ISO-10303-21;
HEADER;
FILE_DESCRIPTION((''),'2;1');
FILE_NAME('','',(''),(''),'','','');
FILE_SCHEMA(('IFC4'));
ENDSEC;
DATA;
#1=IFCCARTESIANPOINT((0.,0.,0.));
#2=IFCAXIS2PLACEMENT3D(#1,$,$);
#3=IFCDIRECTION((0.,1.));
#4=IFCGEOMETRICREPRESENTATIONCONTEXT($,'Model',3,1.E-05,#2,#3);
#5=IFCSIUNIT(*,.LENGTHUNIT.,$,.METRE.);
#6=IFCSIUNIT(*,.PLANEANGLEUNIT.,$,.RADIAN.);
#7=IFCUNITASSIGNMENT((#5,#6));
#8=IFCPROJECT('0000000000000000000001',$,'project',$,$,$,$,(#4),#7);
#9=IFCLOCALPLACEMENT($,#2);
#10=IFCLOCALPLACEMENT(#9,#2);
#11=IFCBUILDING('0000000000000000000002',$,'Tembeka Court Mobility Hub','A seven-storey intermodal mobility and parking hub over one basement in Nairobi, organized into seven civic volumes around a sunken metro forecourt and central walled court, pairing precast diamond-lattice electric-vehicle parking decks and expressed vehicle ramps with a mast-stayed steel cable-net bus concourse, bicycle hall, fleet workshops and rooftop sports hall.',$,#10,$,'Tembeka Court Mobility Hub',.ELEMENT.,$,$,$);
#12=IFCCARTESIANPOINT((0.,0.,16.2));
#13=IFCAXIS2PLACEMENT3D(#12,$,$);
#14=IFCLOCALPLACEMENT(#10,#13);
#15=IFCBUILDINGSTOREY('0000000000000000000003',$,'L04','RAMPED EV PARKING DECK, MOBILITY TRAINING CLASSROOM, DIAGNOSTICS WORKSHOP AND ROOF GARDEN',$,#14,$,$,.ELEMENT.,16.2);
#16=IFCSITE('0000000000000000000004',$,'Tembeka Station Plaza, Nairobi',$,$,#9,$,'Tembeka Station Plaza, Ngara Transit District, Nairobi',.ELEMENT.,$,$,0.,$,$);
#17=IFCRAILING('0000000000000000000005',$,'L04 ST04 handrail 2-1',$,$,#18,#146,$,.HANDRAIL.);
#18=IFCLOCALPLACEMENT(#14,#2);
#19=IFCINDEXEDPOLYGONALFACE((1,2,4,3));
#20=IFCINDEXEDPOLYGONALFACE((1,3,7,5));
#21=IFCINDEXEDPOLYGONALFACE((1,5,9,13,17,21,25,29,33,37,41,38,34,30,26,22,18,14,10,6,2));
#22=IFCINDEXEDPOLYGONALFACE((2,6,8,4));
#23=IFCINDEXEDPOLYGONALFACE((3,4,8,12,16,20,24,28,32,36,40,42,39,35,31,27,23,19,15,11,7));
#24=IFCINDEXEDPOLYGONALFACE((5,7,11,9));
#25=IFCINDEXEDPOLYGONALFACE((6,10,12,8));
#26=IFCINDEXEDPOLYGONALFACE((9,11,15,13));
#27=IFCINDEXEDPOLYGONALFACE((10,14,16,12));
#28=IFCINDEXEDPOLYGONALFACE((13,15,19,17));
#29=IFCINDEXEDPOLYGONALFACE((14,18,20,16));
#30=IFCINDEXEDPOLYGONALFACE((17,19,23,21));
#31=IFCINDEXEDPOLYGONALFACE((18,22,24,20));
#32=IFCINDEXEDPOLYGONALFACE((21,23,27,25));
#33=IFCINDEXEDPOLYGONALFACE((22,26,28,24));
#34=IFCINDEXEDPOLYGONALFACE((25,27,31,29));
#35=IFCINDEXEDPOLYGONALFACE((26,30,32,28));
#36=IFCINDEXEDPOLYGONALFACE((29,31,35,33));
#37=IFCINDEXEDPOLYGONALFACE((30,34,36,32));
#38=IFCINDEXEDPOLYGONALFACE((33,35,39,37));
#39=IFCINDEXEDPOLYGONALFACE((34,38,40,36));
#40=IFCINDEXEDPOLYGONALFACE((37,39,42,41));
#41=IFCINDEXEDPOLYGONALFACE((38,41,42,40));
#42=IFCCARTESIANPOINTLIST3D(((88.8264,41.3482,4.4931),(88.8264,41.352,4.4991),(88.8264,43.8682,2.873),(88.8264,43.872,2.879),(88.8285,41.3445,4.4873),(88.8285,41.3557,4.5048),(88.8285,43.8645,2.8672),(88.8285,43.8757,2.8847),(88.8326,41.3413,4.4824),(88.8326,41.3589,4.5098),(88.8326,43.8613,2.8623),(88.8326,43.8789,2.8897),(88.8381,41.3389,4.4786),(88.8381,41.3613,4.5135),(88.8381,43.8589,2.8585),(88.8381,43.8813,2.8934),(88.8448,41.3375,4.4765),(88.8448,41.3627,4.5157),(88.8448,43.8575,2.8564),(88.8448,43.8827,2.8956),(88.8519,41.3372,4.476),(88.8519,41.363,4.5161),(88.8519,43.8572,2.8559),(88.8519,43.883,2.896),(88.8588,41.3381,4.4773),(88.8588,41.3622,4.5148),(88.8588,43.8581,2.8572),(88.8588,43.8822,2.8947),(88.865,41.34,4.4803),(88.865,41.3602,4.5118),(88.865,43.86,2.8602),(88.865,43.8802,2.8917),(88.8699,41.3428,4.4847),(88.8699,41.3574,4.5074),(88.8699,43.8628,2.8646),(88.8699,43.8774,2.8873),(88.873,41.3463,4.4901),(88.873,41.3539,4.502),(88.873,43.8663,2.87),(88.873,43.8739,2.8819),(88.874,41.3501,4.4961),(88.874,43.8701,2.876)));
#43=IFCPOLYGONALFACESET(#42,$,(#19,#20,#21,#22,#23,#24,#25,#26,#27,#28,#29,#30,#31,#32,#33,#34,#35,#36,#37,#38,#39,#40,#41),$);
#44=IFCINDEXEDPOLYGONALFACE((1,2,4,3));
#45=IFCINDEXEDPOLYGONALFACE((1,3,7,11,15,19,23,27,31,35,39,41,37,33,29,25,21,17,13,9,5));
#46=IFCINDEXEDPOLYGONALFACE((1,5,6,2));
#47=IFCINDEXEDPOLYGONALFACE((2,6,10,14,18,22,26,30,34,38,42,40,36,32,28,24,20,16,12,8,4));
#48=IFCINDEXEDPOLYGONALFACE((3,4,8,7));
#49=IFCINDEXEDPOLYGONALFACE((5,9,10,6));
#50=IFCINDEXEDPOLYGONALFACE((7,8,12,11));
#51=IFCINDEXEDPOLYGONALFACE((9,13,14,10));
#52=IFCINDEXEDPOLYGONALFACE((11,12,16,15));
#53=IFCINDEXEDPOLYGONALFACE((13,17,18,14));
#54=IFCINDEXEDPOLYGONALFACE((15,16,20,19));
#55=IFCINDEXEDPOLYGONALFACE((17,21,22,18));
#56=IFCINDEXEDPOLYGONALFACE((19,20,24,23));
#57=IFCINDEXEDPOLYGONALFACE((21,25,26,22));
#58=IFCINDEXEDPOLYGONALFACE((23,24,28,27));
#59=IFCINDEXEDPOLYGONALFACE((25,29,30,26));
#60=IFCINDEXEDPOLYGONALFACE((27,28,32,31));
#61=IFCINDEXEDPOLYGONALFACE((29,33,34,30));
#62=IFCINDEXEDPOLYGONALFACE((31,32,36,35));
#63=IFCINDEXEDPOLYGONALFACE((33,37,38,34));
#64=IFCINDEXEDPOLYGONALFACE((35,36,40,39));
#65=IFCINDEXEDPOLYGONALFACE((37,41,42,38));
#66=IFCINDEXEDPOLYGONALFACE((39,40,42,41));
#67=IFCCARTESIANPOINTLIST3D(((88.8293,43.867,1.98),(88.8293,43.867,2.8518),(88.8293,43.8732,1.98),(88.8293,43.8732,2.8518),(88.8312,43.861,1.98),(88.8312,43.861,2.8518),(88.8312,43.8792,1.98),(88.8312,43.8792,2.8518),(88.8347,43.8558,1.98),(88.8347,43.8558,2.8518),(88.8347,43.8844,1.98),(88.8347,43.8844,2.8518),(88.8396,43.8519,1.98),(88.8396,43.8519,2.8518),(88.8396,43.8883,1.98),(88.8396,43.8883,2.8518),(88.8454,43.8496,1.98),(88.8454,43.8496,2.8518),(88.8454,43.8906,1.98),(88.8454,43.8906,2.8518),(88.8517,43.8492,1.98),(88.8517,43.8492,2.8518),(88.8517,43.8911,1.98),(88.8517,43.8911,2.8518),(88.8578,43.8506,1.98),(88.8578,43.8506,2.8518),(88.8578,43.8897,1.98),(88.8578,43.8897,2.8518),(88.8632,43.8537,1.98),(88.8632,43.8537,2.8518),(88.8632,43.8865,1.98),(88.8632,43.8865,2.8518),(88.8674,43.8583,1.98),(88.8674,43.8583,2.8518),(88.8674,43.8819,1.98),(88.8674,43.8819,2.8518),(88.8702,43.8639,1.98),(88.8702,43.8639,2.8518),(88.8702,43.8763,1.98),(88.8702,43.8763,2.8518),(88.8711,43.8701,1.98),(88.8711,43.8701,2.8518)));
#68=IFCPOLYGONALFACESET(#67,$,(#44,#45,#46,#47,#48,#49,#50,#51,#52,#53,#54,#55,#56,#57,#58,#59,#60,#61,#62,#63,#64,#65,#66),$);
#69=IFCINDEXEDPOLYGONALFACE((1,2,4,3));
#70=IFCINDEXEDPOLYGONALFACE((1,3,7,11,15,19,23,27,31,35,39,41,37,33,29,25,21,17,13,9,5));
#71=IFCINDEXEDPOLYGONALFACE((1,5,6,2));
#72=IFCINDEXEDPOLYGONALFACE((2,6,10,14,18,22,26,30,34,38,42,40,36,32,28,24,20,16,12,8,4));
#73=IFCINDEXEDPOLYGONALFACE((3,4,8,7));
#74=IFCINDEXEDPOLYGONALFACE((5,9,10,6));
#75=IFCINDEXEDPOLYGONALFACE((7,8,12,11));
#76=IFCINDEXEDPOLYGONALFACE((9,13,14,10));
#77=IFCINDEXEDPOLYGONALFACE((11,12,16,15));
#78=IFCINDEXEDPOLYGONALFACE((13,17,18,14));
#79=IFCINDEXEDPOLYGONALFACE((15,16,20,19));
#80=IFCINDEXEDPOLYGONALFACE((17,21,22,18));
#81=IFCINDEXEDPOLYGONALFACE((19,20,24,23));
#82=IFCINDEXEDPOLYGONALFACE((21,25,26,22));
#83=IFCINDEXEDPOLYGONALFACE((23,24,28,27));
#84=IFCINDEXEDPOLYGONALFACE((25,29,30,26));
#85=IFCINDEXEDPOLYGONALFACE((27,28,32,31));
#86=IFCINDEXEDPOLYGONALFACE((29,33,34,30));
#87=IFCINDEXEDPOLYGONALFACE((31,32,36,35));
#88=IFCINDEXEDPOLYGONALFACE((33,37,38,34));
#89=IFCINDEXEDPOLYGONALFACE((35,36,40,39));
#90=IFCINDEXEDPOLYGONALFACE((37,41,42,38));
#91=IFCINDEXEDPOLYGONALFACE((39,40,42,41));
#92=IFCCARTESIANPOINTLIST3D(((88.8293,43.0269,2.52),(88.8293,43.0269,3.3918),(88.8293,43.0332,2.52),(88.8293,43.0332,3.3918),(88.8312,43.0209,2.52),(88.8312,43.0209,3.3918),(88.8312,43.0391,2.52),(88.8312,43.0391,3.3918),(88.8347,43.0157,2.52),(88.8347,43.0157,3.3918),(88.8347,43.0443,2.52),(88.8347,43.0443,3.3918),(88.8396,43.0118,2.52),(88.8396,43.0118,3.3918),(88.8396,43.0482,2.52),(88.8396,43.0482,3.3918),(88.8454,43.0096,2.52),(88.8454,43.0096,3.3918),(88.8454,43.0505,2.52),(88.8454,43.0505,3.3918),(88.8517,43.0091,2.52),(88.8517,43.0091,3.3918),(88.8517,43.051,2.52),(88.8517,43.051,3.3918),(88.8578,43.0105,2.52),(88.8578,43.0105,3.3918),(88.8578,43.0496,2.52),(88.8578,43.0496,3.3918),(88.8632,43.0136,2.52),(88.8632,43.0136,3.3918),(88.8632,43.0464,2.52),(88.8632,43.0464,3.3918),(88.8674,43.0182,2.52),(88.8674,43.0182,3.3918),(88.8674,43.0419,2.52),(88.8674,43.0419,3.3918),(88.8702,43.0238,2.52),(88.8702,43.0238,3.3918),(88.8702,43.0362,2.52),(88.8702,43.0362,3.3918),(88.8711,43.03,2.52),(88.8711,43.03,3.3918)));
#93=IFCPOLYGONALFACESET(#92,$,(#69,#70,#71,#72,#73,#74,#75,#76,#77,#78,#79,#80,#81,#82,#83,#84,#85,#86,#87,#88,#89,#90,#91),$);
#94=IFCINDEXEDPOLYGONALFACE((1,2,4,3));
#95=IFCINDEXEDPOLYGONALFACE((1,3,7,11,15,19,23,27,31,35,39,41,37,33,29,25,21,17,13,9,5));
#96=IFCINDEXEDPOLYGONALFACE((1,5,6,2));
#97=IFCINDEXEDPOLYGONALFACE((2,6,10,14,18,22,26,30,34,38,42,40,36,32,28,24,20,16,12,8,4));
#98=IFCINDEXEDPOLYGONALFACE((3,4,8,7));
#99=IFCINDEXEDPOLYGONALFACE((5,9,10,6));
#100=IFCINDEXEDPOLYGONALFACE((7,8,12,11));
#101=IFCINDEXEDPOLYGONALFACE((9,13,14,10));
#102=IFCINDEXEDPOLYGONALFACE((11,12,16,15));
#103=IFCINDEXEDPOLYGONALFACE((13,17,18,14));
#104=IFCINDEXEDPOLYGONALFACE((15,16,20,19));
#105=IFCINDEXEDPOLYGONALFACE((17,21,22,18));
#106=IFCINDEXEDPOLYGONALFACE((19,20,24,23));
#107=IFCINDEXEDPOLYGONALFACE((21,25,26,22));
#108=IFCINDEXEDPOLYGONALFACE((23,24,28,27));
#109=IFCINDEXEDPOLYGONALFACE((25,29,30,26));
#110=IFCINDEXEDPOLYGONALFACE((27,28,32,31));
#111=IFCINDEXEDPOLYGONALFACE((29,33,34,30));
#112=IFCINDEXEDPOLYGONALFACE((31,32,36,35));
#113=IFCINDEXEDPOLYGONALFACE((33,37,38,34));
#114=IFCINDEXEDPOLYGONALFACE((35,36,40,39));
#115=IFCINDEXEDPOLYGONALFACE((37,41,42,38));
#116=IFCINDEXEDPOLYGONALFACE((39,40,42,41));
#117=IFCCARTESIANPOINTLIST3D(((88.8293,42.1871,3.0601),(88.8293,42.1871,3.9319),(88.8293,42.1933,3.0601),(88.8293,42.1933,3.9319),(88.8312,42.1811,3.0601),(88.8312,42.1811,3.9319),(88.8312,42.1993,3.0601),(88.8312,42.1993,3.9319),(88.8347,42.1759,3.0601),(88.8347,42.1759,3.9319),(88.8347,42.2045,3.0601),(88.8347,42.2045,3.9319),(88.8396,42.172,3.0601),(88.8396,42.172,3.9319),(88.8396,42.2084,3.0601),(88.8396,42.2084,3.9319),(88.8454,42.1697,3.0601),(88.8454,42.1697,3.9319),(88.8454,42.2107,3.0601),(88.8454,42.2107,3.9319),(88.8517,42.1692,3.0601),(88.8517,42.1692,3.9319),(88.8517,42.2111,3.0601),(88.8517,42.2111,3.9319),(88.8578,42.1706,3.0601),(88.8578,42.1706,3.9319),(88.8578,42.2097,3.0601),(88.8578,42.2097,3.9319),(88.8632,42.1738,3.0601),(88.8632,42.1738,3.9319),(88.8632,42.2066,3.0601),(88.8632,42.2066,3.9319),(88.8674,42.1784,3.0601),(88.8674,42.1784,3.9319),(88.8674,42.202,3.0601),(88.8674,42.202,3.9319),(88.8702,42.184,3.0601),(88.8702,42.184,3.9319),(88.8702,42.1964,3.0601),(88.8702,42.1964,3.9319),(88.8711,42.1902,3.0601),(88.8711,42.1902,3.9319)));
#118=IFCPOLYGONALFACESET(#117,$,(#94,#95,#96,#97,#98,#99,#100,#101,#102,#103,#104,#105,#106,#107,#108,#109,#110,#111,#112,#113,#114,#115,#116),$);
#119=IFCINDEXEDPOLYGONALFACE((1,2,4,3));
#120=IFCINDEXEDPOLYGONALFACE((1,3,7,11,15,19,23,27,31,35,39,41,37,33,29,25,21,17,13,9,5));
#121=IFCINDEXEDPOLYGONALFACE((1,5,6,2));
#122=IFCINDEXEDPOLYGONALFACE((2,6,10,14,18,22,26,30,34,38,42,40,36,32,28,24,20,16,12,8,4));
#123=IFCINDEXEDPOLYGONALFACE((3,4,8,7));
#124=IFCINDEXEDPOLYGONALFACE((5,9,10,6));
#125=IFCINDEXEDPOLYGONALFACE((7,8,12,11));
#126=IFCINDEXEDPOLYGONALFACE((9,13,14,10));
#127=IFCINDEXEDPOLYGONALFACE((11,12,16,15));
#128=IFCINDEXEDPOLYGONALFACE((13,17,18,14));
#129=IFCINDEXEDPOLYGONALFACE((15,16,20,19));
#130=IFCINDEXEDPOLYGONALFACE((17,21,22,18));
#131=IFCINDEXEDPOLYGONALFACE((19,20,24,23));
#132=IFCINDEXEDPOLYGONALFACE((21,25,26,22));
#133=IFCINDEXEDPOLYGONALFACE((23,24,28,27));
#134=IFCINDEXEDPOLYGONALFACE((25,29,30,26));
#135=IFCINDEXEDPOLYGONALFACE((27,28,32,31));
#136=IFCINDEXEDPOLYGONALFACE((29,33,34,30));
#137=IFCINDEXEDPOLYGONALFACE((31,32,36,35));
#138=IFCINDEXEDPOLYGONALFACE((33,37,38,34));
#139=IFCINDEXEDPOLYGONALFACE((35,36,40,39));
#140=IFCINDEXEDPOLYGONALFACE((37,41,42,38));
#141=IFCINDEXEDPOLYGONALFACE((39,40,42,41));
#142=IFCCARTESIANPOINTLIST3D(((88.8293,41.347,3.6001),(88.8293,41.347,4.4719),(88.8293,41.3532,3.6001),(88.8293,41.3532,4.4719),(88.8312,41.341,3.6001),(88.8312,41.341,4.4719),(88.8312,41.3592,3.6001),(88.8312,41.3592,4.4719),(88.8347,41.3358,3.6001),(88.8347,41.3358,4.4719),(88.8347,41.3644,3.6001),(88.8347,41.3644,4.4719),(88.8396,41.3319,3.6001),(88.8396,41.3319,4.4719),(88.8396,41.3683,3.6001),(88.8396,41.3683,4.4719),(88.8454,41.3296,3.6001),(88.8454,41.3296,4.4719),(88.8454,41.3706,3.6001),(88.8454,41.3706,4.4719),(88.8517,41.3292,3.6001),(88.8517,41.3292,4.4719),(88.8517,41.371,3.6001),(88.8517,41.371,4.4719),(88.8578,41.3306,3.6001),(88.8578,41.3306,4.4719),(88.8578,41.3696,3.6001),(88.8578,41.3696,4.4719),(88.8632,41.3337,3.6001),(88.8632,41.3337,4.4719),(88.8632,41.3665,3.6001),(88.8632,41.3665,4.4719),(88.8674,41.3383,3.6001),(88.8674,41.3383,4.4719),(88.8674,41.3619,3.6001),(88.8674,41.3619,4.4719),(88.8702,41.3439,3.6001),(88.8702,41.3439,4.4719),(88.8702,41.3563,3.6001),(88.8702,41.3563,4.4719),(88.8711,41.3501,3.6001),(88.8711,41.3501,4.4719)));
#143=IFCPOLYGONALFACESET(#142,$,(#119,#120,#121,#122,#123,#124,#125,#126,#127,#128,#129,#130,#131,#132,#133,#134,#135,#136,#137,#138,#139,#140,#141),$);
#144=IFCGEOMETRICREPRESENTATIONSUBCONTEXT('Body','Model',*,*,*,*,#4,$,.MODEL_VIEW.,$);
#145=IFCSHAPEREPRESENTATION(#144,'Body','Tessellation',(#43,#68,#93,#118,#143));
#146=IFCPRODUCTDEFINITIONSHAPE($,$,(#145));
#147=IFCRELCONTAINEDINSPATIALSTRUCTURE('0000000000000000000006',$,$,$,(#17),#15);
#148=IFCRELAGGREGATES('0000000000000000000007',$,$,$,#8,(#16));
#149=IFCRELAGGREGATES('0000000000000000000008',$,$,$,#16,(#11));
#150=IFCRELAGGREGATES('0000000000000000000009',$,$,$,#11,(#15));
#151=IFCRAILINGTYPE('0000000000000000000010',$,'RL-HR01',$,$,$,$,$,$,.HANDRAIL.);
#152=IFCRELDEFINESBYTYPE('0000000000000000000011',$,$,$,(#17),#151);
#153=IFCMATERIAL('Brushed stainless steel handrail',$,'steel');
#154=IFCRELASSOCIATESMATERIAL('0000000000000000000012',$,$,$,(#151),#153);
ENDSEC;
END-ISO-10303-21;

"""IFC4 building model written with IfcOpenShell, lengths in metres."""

from ifc_helpers import new_model, si_unit, direction, frame, origin, origin_2d, place, context, subcontext, project, spatial, circle, extrude, material, type_object, element, save


model = new_model("IFC4")

# Units and contexts
model_context = context("Model", 3, precision=1e-05, world=origin(), true_north=direction((0.0, 1.0)))
body_context = subcontext(model_context, "Body", "Model", "MODEL_VIEW")
ifc_project = project(units=[si_unit("LENGTHUNIT", "METRE"), si_unit("PLANEANGLEUNIT", "RADIAN")], contexts=[model_context])

# Site, building, storey
site_placement = place(None, origin())
site = spatial("IfcSite", under=ifc_project, at=site_placement, Name="Tembeka Station Plaza, Nairobi", LongName="Tembeka Station Plaza, Ngara Transit District, Nairobi", CompositionType="ELEMENT", RefElevation=0.0)
building_placement = place(site_placement, origin())
building = spatial("IfcBuilding", under=site, at=building_placement, Name="Tembeka Court Mobility Hub", Description="A seven-storey intermodal mobility and parking hub over one basement in Nairobi, organized into seven civic volumes around a sunken metro forecourt and central walled court, pairing precast diamond-lattice electric-vehicle parking decks and expressed vehicle ramps with a mast-stayed steel cable-net bus concourse, bicycle hall, fleet workshops and rooftop sports hall.", LongName="Tembeka Court Mobility Hub", CompositionType="ELEMENT")
storey_placement = place(building_placement, frame((0.0, 0.0, 16.2)))
storey = spatial("IfcBuildingStorey", under=building, at=storey_placement, Name="L04", Description="RAMPED EV PARKING DECK, MOBILITY TRAINING CLASSROOM, DIAGNOSTICS WORKSHOP AND ROOF GARDEN", CompositionType="ELEMENT", Elevation=16.2)

# Railing
ifc_material_1 = material(Name="Brushed stainless steel handrail", Category="steel")
railing_type_1 = type_object("IfcRailingType", Name="RL-HR01", PredefinedType="HANDRAIL", material=ifc_material_1)
railing_1_placement = place(storey_placement, frame((88.8501, 43.8701, 1.98)))
element("IfcRailing", 1, at=railing_1_placement, inside=storey, type_object=railing_type_1, Name="L04 ST04 handrail 2-1", PredefinedType="HANDRAIL", context=body_context, shape_type="SweptSolid", body=[
    extrude(circle(Radius=0.0239, at=origin_2d()), frame((0.0, 0.0, 0.896), z_axis=(0.0, -0.841163, 0.540782), x_axis=(1.0, 0.0, 0.0)), (0.0, 0.0, 1.0), 2.9958),
    extrude(circle(Radius=0.021, at=origin_2d()), origin(), (0.0, 0.0, 1.0), 0.8718),
    extrude(circle(Radius=0.021, at=origin_2d()), frame((0.0, -0.8401, 0.54)), (0.0, 0.0, 1.0), 0.8718),
    extrude(circle(Radius=0.021, at=origin_2d()), frame((0.0, -1.6799, 1.0801)), (0.0, 0.0, 1.0), 0.8718),
    extrude(circle(Radius=0.021, at=origin_2d()), frame((0.0, -2.52, 1.6201)), (0.0, 0.0, 1.0), 0.8718),
])

save(model, "model.ifc")
